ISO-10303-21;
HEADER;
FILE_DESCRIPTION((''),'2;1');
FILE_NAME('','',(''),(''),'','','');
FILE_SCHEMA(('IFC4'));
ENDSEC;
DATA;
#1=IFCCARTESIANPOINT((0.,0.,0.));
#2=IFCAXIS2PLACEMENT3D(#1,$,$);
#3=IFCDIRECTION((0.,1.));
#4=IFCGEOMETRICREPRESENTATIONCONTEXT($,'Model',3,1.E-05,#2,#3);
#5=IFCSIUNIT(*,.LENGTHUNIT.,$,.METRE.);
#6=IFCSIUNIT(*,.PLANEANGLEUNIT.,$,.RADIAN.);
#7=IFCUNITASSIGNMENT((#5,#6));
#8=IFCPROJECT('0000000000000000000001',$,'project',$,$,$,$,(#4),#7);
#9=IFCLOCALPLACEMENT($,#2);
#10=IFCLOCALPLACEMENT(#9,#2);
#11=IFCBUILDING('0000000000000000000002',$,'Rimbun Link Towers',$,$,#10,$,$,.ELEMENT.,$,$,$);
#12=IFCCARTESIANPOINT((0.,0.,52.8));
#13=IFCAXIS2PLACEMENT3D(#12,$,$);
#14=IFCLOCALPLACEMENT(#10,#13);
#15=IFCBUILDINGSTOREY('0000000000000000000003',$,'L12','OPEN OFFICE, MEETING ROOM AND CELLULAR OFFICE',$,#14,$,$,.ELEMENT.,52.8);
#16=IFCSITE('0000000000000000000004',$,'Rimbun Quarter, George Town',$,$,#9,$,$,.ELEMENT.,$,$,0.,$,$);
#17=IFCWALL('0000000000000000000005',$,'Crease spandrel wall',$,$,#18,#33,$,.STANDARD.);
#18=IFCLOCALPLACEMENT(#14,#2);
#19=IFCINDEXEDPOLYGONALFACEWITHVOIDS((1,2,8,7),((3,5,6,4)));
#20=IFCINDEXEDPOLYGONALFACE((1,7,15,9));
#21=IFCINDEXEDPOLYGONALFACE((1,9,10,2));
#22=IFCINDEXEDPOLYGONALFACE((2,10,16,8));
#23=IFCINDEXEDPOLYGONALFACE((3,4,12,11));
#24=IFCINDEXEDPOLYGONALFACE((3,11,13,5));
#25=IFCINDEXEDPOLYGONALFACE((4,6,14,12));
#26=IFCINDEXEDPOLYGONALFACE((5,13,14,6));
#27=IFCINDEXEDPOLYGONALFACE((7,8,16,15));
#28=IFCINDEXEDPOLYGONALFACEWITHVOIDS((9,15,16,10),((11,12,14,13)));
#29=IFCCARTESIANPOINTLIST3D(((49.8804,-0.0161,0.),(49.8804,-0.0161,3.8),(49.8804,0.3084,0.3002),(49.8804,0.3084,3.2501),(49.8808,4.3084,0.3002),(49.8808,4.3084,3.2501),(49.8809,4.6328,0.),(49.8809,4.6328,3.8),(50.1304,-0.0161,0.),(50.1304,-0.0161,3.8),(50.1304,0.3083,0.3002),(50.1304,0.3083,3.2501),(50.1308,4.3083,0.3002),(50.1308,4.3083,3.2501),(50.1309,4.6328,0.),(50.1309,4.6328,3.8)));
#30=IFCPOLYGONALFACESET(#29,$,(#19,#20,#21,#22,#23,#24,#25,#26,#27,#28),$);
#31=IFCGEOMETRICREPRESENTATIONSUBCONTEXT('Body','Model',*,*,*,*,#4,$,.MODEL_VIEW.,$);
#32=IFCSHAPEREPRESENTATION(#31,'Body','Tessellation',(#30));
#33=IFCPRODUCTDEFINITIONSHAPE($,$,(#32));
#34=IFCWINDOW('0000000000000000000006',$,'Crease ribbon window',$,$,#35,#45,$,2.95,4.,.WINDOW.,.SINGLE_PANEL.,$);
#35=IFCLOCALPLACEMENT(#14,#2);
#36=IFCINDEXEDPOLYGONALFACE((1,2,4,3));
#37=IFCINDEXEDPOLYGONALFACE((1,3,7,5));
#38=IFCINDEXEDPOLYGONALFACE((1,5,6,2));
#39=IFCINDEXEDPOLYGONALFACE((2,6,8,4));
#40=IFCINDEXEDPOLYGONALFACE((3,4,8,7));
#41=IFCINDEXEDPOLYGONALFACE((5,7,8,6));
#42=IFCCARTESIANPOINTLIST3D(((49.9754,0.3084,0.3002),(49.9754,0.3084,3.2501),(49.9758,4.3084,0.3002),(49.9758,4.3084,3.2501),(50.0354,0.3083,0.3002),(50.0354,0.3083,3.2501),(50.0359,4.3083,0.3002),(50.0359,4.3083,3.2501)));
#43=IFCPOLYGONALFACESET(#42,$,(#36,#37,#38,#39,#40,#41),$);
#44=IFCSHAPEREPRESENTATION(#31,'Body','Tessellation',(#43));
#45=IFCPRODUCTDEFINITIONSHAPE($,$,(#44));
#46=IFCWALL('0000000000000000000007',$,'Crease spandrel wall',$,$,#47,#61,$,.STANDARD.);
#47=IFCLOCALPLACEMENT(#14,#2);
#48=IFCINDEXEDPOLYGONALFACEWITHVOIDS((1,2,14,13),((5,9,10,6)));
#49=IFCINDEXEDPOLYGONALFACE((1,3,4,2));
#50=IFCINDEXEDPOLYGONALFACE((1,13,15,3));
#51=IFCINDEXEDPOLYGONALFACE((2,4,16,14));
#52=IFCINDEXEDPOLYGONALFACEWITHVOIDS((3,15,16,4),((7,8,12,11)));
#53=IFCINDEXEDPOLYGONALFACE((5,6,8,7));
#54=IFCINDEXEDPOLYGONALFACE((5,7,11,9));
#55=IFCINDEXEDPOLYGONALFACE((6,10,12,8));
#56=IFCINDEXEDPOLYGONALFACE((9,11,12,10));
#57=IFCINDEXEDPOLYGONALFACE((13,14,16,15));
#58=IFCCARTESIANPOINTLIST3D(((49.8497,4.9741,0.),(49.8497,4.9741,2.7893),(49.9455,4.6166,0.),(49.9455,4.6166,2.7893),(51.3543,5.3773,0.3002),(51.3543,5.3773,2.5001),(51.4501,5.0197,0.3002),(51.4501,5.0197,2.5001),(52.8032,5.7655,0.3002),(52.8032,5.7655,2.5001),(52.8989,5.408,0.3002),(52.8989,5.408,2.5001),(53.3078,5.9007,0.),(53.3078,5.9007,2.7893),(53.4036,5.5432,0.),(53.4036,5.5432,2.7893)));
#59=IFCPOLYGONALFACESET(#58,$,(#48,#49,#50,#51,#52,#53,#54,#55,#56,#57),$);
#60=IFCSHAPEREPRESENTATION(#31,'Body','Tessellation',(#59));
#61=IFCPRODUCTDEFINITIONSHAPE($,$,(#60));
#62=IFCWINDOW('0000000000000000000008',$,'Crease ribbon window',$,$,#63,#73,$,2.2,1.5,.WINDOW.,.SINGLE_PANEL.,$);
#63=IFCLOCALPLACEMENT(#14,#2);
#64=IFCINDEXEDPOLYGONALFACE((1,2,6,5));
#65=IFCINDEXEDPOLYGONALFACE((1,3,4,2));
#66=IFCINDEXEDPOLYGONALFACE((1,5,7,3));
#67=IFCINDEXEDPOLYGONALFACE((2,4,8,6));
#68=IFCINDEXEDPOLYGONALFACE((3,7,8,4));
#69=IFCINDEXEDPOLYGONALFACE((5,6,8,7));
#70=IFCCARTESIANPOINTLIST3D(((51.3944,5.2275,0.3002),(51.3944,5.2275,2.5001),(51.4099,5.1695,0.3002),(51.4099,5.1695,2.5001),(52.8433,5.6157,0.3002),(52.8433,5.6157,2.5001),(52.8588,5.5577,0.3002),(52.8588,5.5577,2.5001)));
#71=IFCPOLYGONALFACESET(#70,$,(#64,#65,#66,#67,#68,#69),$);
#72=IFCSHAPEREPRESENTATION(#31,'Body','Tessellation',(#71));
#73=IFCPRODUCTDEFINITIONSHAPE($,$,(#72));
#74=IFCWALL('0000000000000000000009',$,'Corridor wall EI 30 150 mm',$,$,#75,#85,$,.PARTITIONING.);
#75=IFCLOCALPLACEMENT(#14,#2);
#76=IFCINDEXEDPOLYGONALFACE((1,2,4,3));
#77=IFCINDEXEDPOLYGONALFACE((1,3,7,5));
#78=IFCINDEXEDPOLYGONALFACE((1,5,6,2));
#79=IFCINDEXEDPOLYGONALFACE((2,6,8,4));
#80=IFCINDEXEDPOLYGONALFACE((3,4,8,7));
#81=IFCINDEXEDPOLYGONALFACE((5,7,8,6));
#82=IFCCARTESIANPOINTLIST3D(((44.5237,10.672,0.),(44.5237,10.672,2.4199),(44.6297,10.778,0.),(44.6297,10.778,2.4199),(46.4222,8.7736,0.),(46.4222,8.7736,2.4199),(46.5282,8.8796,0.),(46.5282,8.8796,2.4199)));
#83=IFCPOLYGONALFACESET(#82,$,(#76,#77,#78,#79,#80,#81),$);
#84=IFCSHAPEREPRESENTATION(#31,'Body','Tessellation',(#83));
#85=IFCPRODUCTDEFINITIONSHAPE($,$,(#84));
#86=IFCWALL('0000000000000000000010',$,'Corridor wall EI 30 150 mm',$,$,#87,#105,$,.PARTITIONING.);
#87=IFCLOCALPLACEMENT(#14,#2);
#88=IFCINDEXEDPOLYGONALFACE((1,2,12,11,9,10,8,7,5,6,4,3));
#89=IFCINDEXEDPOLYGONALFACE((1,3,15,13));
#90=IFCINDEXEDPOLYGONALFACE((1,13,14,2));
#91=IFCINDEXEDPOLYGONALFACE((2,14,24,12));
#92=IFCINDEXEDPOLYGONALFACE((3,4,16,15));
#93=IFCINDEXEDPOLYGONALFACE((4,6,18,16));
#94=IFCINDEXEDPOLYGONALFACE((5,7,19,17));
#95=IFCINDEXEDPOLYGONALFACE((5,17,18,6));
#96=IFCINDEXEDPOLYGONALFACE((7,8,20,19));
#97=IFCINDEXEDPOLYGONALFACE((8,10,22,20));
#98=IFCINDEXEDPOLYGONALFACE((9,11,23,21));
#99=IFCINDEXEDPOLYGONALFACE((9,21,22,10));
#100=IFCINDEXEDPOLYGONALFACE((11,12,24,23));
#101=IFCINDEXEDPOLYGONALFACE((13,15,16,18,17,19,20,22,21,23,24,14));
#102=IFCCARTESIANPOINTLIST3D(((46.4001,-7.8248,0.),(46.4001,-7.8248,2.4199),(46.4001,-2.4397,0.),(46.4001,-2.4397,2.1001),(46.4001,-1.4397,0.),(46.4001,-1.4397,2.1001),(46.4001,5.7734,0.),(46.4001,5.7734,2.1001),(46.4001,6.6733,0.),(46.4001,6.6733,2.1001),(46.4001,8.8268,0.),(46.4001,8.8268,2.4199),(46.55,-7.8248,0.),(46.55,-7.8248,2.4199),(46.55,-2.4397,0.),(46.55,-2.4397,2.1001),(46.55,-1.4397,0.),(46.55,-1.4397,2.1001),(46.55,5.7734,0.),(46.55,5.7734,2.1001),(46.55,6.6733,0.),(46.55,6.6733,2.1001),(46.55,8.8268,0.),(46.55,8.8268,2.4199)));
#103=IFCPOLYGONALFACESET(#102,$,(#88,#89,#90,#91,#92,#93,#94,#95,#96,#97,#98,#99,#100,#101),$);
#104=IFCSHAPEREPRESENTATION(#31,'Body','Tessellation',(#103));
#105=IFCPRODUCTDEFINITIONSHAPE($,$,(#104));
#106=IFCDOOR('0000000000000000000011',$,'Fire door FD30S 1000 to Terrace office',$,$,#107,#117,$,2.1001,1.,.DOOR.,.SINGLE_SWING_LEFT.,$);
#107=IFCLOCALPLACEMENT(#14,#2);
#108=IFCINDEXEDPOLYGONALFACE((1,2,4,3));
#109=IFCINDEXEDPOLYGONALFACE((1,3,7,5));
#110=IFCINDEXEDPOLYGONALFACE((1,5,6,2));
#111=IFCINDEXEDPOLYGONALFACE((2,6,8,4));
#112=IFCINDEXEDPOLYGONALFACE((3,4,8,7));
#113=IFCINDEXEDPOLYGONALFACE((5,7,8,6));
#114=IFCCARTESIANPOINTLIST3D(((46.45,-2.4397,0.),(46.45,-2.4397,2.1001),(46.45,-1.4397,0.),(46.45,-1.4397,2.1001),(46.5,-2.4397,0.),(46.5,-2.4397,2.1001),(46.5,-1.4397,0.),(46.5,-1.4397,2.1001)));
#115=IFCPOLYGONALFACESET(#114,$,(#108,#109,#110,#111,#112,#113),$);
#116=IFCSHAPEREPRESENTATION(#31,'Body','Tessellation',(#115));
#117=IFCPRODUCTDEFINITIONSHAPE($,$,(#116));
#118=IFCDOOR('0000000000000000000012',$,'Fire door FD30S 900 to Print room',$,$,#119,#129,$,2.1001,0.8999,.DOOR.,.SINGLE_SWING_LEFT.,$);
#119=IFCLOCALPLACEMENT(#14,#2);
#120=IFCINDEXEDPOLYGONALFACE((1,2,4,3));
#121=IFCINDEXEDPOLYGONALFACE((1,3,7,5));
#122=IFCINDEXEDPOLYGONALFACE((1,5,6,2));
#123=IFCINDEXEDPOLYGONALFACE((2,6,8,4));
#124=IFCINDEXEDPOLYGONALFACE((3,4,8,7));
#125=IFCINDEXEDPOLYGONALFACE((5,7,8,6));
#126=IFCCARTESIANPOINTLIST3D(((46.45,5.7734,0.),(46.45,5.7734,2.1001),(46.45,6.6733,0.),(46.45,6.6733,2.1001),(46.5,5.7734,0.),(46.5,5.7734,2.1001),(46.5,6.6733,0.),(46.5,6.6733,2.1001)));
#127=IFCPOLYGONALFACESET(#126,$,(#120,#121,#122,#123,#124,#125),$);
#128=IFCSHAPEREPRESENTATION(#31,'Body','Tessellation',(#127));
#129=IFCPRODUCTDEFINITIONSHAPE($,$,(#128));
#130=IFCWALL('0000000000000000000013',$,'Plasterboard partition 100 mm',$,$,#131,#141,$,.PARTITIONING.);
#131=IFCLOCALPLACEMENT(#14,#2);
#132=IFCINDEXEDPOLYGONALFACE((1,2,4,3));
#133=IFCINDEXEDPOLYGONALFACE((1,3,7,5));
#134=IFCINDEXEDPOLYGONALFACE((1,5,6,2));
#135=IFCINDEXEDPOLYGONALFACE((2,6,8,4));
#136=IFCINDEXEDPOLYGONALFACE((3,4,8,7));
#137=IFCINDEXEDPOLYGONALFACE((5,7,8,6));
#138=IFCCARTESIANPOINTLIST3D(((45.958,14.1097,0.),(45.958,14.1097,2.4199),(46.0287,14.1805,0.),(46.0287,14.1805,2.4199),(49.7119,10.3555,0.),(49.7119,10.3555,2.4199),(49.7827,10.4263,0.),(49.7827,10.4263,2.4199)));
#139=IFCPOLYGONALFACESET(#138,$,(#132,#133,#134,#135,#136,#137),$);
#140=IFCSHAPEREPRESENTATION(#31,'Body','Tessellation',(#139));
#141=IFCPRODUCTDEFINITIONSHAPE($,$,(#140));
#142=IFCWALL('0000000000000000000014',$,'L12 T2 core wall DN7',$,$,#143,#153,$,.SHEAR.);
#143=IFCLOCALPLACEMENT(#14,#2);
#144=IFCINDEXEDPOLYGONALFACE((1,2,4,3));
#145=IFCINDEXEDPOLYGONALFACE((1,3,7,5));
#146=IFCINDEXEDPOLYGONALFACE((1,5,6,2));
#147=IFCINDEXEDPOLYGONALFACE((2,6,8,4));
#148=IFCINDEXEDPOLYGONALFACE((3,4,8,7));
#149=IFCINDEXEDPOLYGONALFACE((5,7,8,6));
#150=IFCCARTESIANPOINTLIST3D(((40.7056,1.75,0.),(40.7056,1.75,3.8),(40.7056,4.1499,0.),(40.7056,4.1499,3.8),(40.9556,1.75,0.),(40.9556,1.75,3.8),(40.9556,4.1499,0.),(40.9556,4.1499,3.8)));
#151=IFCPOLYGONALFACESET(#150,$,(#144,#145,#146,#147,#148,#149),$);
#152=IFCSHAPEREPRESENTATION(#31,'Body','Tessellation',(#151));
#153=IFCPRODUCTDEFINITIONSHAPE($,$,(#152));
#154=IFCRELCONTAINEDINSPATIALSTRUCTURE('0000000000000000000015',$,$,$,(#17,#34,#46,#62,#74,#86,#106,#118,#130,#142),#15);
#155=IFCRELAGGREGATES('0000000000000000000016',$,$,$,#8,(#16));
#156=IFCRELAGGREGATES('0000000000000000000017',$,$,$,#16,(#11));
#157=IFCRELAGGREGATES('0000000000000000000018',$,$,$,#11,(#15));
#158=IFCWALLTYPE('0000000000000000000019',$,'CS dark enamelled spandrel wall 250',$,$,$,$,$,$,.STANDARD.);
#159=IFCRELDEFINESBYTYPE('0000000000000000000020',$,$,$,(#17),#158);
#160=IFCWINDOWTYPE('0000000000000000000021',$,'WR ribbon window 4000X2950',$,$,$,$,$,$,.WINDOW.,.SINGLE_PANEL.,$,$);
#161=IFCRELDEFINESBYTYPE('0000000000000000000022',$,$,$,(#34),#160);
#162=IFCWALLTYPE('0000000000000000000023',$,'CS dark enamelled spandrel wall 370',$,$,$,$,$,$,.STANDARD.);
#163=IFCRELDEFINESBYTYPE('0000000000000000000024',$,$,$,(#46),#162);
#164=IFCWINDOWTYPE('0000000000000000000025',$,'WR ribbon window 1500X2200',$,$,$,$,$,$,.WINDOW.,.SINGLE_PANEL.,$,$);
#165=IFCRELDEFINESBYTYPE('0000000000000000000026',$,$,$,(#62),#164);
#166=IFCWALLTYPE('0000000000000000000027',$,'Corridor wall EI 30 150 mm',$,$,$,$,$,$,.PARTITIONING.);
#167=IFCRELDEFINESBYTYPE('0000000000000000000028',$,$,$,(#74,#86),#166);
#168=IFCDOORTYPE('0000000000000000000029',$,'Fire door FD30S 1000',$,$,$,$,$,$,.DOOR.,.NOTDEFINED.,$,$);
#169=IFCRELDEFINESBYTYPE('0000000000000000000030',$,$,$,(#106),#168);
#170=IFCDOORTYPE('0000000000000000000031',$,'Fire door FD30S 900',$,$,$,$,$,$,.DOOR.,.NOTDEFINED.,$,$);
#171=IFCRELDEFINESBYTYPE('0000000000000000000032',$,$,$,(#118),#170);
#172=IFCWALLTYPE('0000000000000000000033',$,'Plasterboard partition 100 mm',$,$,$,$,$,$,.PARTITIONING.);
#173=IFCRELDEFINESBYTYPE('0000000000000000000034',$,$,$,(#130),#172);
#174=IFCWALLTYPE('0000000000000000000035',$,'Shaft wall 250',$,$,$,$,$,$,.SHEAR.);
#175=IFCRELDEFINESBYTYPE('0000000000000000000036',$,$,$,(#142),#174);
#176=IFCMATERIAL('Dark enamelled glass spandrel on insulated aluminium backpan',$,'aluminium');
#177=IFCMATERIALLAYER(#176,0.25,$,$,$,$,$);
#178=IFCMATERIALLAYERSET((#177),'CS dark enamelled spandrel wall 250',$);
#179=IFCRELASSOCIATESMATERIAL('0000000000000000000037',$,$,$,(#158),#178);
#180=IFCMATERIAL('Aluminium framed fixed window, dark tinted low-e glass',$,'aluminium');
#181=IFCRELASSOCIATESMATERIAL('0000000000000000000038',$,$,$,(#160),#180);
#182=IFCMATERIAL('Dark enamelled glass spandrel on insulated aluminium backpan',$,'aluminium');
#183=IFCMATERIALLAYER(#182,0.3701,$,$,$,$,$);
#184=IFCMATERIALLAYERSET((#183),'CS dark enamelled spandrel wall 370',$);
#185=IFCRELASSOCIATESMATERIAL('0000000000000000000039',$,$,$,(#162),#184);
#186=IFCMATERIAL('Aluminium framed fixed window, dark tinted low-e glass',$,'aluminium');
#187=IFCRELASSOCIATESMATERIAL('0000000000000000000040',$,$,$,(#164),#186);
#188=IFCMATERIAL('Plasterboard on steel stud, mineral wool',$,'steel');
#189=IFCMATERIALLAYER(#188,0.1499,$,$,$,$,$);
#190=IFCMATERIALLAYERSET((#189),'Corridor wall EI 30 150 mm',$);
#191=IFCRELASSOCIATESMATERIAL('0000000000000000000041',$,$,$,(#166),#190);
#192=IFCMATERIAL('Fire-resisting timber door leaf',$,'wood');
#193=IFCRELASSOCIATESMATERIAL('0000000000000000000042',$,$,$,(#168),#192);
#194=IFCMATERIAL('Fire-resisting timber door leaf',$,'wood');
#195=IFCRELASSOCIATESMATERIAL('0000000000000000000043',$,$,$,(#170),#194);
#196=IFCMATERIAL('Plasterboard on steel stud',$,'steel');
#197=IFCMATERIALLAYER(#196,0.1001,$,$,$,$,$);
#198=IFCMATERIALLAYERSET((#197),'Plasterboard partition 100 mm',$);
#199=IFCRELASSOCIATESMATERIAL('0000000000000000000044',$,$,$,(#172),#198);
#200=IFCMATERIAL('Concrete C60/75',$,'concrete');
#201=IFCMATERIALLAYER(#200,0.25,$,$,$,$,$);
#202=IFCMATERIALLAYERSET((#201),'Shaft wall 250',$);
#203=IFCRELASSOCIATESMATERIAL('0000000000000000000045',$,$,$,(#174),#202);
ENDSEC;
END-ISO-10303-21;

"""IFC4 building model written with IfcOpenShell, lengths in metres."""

from ifc_helpers import new_model, si_unit, direction, frame, frame_2d, origin, place, context, subcontext, project, spatial, rectangle, extrude, material, layer, layer_set, type_object, element, fill, save


model = new_model("IFC4")

# Units and contexts
model_context = context("Model", 3, precision=1e-05, world=origin(), true_north=direction((0.0, 1.0)))
body_context = subcontext(model_context, "Body", "Model", "MODEL_VIEW")
ifc_project = project(units=[si_unit("LENGTHUNIT", "METRE"), si_unit("PLANEANGLEUNIT", "RADIAN")], contexts=[model_context])

# Site, building, storey
site_placement = place(None, origin())
site = spatial("IfcSite", under=ifc_project, at=site_placement, Name="Rimbun Quarter, George Town", CompositionType="ELEMENT", RefElevation=0.0)
building_placement = place(site_placement, origin())
building = spatial("IfcBuilding", under=site, at=building_placement, Name="Rimbun Link Towers", CompositionType="ELEMENT")
storey_placement = place(building_placement, frame((0.0, 0.0, 52.8)))
storey = spatial("IfcBuildingStorey", under=building, at=storey_placement, Name="L12", Description="OPEN OFFICE, MEETING ROOM AND CELLULAR OFFICE", CompositionType="ELEMENT", Elevation=52.8)

# Walls, openings, windows
ifc_material_1 = material(Name="Dark enamelled glass spandrel on insulated aluminium backpan", Category="aluminium")
ifc_layer_1 = layer(ifc_material_1, 0.25)
ifc_layer_set_1 = layer_set([ifc_layer_1], Name="CS dark enamelled spandrel wall 250")
wall_type_1 = type_object("IfcWallType", Name="CS dark enamelled spandrel wall 250", PredefinedType="STANDARD", material=ifc_layer_set_1)
wall_1_placement = place(storey_placement, frame((50.0059, 4.6328, 0.0), z_axis=(0.0, 0.0, 1.0), x_axis=(-0.000105, -1.0, 0.0)))
wall_1 = element("IfcWall", 1, at=wall_1_placement, inside=storey, type_object=wall_type_1, Name="Crease spandrel wall", PredefinedType="STANDARD", context=body_context, shape_type="SweptSolid", body=[
    extrude(rectangle(XDim=4.6489, YDim=0.25, at=frame_2d((2.3245, 0.0))), origin(), (0.0, 0.0, 1.0), 3.8),
])
opening_1_placement = place(wall_1_placement, frame((0.3245, 0.0, 0.3)))
opening_1 = element("IfcOpeningElement", 2, at=opening_1_placement, cuts=wall_1, PredefinedType="OPENING", context=body_context, shape_type="SweptSolid", body=[
    extrude(rectangle(XDim=4.0, YDim=2.95, at=frame_2d((2.0, 1.4751))), frame((0.0, 0.135, 0.0), z_axis=(0.0, -1.0, 0.0), x_axis=(1.0, 0.0, 0.0)), (0.0, 0.0, 1.0), 0.27),
])
ifc_material_2 = material(Name="Aluminium framed fixed window, dark tinted low-e glass", Category="aluminium")
window_type_1 = type_object("IfcWindowType", Name="WR ribbon window 4000X2950", PartitioningType="SINGLE_PANEL", PredefinedType="WINDOW", material=ifc_material_2)
window_1_placement = place(opening_1_placement, origin())
window_1 = element("IfcWindow", 3, at=window_1_placement, inside=storey, type_object=window_type_1, Name="Crease ribbon window", OverallHeight=2.95, OverallWidth=4.0, PartitioningType="SINGLE_PANEL", PredefinedType="WINDOW", context=body_context, shape_type="SweptSolid", body=[
    extrude(rectangle(XDim=4.0, YDim=2.95, at=frame_2d((2.0, 1.4751))), frame((0.0, 0.03, 0.0), z_axis=(0.0, -1.0, 0.0), x_axis=(1.0, 0.0, 0.0)), (0.0, 0.0, 1.0), 0.0601),
])
fill(opening_1, window_1)
ifc_material_3 = material(Name="Dark enamelled glass spandrel on insulated aluminium backpan", Category="aluminium")
ifc_layer_2 = layer(ifc_material_3, 0.3701)
ifc_layer_set_2 = layer_set([ifc_layer_2], Name="CS dark enamelled spandrel wall 370")
wall_type_2 = type_object("IfcWallType", Name="CS dark enamelled spandrel wall 370", PredefinedType="STANDARD", material=ifc_layer_set_2)
wall_2_placement = place(storey_placement, frame((53.3557, 5.7219, 0.0), z_axis=(0.0, 0.0, 1.0), x_axis=(-0.96593, -0.258804, 0.0)))
wall_2 = element("IfcWall", 4, at=wall_2_placement, inside=storey, type_object=wall_type_2, Name="Crease spandrel wall", PredefinedType="STANDARD", context=body_context, shape_type="SweptSolid", body=[
    extrude(rectangle(XDim=3.5801, YDim=0.3701, at=frame_2d((1.79, 0.0))), origin(), (0.0, 0.0, 1.0), 2.7893),
])
opening_2_placement = place(wall_2_placement, frame((0.5225, 0.0, 0.3)))
opening_2 = element("IfcOpeningElement", 5, at=opening_2_placement, cuts=wall_2, PredefinedType="OPENING", context=body_context, shape_type="SweptSolid", body=[
    extrude(rectangle(XDim=1.5, YDim=2.2, at=frame_2d((0.75, 1.1001))), frame((0.0, 0.1951, 0.0), z_axis=(0.0, -1.0, 0.0), x_axis=(1.0, 0.0, 0.0)), (0.0, 0.0, 1.0), 0.3901),
])
ifc_material_4 = material(Name="Aluminium framed fixed window, dark tinted low-e glass", Category="aluminium")
window_type_2 = type_object("IfcWindowType", Name="WR ribbon window 1500X2200", PartitioningType="SINGLE_PANEL", PredefinedType="WINDOW", material=ifc_material_4)
window_2_placement = place(opening_2_placement, origin())
window_2 = element("IfcWindow", 6, at=window_2_placement, inside=storey, type_object=window_type_2, Name="Crease ribbon window", OverallHeight=2.2, OverallWidth=1.5, PartitioningType="SINGLE_PANEL", PredefinedType="WINDOW", context=body_context, shape_type="SweptSolid", body=[
    extrude(rectangle(XDim=1.5, YDim=2.2, at=frame_2d((0.75, 1.1001))), frame((0.0, 0.03, 0.0), z_axis=(0.0, -1.0, 0.0), x_axis=(1.0, 0.0, 0.0)), (0.0, 0.0, 1.0), 0.0601),
])
fill(opening_2, window_2)

# Wall
ifc_material_5 = material(Name="Plasterboard on steel stud, mineral wool", Category="steel")
ifc_layer_3 = layer(ifc_material_5, 0.1499)
ifc_layer_set_3 = layer_set([ifc_layer_3], Name="Corridor wall EI 30 150 mm")
wall_type_3 = type_object("IfcWallType", Name="Corridor wall EI 30 150 mm", PredefinedType="PARTITIONING", material=ifc_layer_set_3)
wall_3_placement = place(storey_placement, frame((46.4751, 8.8267, 0.0), z_axis=(0.0, 0.0, 1.0), x_axis=(-0.707107, 0.707107, 0.0)))
element("IfcWall", 7, at=wall_3_placement, inside=storey, type_object=wall_type_3, Name="Corridor wall EI 30 150 mm", PredefinedType="PARTITIONING", context=body_context, shape_type="SweptSolid", body=[
    extrude(rectangle(XDim=2.6848, YDim=0.1499, at=frame_2d((1.3423, 0.0))), origin(), (0.0, 0.0, 1.0), 2.4199),
])

# Wall, openings, doors
wall_4_placement = place(storey_placement, frame((46.4751, 8.8267, 0.0), z_axis=(0.0, 0.0, 1.0), x_axis=(0.0, -1.0, 0.0)))
wall_4 = element("IfcWall", 8, at=wall_4_placement, inside=storey, type_object=wall_type_3, Name="Corridor wall EI 30 150 mm", PredefinedType="PARTITIONING", context=body_context, shape_type="SweptSolid", body=[
    extrude(rectangle(XDim=16.6516, YDim=0.1499, at=frame_2d((8.3257, 0.0))), origin(), (0.0, 0.0, 1.0), 2.4199),
])
opening_3_placement = place(wall_4_placement, frame((2.1533, 0.0, 0.0)))
opening_3 = element("IfcOpeningElement", 9, at=opening_3_placement, cuts=wall_4, PredefinedType="OPENING", context=body_context, shape_type="SweptSolid", body=[
    extrude(rectangle(XDim=0.8999, YDim=2.1001, at=frame_2d((0.45, 1.05))), frame((0.0, 0.085, 0.0), z_axis=(0.0, -1.0, 0.0), x_axis=(1.0, 0.0, 0.0)), (0.0, 0.0, 1.0), 0.1699),
])
opening_4_placement = place(wall_4_placement, frame((10.2664, 0.0, 0.0)))
opening_4 = element("IfcOpeningElement", 10, at=opening_4_placement, cuts=wall_4, PredefinedType="OPENING", context=body_context, shape_type="SweptSolid", body=[
    extrude(rectangle(XDim=1.0, YDim=2.1001, at=frame_2d((0.5, 1.05))), frame((0.0, 0.085, 0.0), z_axis=(0.0, -1.0, 0.0), x_axis=(1.0, 0.0, 0.0)), (0.0, 0.0, 1.0), 0.1699),
])
ifc_material_6 = material(Name="Fire-resisting timber door leaf", Category="wood")
door_type_1 = type_object("IfcDoorType", Name="Fire door FD30S 1000", OperationType="NOTDEFINED", PredefinedType="DOOR", material=ifc_material_6)
door_1_placement = place(opening_4_placement, origin())
door_1 = element("IfcDoor", 11, at=door_1_placement, inside=storey, type_object=door_type_1, Name="Fire door FD30S 1000 to Terrace office", OperationType="SINGLE_SWING_LEFT", OverallHeight=2.1001, OverallWidth=1.0, PredefinedType="DOOR", context=body_context, shape_type="SweptSolid", body=[
    extrude(rectangle(XDim=1.0, YDim=2.1001, at=frame_2d((0.5, 1.05))), frame((0.0, 0.0249, 0.0), z_axis=(0.0, -1.0, 0.0), x_axis=(1.0, 0.0, 0.0)), (0.0, 0.0, 1.0), 0.05),
])
fill(opening_4, door_1)
ifc_material_7 = material(Name="Fire-resisting timber door leaf", Category="wood")
door_type_2 = type_object("IfcDoorType", Name="Fire door FD30S 900", OperationType="NOTDEFINED", PredefinedType="DOOR", material=ifc_material_7)
door_2_placement = place(opening_3_placement, origin())
door_2 = element("IfcDoor", 12, at=door_2_placement, inside=storey, type_object=door_type_2, Name="Fire door FD30S 900 to Print room", OperationType="SINGLE_SWING_LEFT", OverallHeight=2.1001, OverallWidth=0.8999, PredefinedType="DOOR", context=body_context, shape_type="SweptSolid", body=[
    extrude(rectangle(XDim=0.8999, YDim=2.1001, at=frame_2d((0.45, 1.05))), frame((0.0, 0.0249, 0.0), z_axis=(0.0, -1.0, 0.0), x_axis=(1.0, 0.0, 0.0)), (0.0, 0.0, 1.0), 0.05),
])
fill(opening_3, door_2)

# Walls
ifc_material_8 = material(Name="Plasterboard on steel stud", Category="steel")
ifc_layer_4 = layer(ifc_material_8, 0.1001)
ifc_layer_set_4 = layer_set([ifc_layer_4], Name="Plasterboard partition 100 mm")
wall_type_4 = type_object("IfcWallType", Name="Plasterboard partition 100 mm", PredefinedType="PARTITIONING", material=ifc_layer_set_4)
wall_5_placement = place(storey_placement, frame((49.7473, 10.3909, 0.0), z_axis=(0.0, 0.0, 1.0), x_axis=(-0.707084, 0.70713, 0.0)))
element("IfcWall", 13, at=wall_5_placement, inside=storey, type_object=wall_type_4, Name="Plasterboard partition 100 mm", PredefinedType="PARTITIONING", context=body_context, shape_type="SweptSolid", body=[
    extrude(rectangle(XDim=5.3091, YDim=0.1001, at=frame_2d((2.6545, 0.0))), origin(), (0.0, 0.0, 1.0), 2.4199),
])
ifc_material_9 = material(Name="Concrete C60/75", Category="concrete")
ifc_layer_5 = layer(ifc_material_9, 0.25)
ifc_layer_set_5 = layer_set([ifc_layer_5], Name="Shaft wall 250")
wall_type_5 = type_object("IfcWallType", Name="Shaft wall 250", PredefinedType="SHEAR", material=ifc_layer_set_5)
wall_6_placement = place(storey_placement, frame((40.8306, 1.75, 0.0), z_axis=(0.0, 0.0, 1.0), x_axis=(0.0, 1.0, 0.0)))
element("IfcWall", 14, at=wall_6_placement, inside=storey, type_object=wall_type_5, Name="L12 T2 core wall DN7", PredefinedType="SHEAR", context=body_context, shape_type="SweptSolid", body=[
    extrude(rectangle(XDim=2.3999, YDim=0.25, at=frame_2d((1.2, 0.0))), origin(), (0.0, 0.0, 1.0), 3.8),
])

save(model, "model.ifc")
